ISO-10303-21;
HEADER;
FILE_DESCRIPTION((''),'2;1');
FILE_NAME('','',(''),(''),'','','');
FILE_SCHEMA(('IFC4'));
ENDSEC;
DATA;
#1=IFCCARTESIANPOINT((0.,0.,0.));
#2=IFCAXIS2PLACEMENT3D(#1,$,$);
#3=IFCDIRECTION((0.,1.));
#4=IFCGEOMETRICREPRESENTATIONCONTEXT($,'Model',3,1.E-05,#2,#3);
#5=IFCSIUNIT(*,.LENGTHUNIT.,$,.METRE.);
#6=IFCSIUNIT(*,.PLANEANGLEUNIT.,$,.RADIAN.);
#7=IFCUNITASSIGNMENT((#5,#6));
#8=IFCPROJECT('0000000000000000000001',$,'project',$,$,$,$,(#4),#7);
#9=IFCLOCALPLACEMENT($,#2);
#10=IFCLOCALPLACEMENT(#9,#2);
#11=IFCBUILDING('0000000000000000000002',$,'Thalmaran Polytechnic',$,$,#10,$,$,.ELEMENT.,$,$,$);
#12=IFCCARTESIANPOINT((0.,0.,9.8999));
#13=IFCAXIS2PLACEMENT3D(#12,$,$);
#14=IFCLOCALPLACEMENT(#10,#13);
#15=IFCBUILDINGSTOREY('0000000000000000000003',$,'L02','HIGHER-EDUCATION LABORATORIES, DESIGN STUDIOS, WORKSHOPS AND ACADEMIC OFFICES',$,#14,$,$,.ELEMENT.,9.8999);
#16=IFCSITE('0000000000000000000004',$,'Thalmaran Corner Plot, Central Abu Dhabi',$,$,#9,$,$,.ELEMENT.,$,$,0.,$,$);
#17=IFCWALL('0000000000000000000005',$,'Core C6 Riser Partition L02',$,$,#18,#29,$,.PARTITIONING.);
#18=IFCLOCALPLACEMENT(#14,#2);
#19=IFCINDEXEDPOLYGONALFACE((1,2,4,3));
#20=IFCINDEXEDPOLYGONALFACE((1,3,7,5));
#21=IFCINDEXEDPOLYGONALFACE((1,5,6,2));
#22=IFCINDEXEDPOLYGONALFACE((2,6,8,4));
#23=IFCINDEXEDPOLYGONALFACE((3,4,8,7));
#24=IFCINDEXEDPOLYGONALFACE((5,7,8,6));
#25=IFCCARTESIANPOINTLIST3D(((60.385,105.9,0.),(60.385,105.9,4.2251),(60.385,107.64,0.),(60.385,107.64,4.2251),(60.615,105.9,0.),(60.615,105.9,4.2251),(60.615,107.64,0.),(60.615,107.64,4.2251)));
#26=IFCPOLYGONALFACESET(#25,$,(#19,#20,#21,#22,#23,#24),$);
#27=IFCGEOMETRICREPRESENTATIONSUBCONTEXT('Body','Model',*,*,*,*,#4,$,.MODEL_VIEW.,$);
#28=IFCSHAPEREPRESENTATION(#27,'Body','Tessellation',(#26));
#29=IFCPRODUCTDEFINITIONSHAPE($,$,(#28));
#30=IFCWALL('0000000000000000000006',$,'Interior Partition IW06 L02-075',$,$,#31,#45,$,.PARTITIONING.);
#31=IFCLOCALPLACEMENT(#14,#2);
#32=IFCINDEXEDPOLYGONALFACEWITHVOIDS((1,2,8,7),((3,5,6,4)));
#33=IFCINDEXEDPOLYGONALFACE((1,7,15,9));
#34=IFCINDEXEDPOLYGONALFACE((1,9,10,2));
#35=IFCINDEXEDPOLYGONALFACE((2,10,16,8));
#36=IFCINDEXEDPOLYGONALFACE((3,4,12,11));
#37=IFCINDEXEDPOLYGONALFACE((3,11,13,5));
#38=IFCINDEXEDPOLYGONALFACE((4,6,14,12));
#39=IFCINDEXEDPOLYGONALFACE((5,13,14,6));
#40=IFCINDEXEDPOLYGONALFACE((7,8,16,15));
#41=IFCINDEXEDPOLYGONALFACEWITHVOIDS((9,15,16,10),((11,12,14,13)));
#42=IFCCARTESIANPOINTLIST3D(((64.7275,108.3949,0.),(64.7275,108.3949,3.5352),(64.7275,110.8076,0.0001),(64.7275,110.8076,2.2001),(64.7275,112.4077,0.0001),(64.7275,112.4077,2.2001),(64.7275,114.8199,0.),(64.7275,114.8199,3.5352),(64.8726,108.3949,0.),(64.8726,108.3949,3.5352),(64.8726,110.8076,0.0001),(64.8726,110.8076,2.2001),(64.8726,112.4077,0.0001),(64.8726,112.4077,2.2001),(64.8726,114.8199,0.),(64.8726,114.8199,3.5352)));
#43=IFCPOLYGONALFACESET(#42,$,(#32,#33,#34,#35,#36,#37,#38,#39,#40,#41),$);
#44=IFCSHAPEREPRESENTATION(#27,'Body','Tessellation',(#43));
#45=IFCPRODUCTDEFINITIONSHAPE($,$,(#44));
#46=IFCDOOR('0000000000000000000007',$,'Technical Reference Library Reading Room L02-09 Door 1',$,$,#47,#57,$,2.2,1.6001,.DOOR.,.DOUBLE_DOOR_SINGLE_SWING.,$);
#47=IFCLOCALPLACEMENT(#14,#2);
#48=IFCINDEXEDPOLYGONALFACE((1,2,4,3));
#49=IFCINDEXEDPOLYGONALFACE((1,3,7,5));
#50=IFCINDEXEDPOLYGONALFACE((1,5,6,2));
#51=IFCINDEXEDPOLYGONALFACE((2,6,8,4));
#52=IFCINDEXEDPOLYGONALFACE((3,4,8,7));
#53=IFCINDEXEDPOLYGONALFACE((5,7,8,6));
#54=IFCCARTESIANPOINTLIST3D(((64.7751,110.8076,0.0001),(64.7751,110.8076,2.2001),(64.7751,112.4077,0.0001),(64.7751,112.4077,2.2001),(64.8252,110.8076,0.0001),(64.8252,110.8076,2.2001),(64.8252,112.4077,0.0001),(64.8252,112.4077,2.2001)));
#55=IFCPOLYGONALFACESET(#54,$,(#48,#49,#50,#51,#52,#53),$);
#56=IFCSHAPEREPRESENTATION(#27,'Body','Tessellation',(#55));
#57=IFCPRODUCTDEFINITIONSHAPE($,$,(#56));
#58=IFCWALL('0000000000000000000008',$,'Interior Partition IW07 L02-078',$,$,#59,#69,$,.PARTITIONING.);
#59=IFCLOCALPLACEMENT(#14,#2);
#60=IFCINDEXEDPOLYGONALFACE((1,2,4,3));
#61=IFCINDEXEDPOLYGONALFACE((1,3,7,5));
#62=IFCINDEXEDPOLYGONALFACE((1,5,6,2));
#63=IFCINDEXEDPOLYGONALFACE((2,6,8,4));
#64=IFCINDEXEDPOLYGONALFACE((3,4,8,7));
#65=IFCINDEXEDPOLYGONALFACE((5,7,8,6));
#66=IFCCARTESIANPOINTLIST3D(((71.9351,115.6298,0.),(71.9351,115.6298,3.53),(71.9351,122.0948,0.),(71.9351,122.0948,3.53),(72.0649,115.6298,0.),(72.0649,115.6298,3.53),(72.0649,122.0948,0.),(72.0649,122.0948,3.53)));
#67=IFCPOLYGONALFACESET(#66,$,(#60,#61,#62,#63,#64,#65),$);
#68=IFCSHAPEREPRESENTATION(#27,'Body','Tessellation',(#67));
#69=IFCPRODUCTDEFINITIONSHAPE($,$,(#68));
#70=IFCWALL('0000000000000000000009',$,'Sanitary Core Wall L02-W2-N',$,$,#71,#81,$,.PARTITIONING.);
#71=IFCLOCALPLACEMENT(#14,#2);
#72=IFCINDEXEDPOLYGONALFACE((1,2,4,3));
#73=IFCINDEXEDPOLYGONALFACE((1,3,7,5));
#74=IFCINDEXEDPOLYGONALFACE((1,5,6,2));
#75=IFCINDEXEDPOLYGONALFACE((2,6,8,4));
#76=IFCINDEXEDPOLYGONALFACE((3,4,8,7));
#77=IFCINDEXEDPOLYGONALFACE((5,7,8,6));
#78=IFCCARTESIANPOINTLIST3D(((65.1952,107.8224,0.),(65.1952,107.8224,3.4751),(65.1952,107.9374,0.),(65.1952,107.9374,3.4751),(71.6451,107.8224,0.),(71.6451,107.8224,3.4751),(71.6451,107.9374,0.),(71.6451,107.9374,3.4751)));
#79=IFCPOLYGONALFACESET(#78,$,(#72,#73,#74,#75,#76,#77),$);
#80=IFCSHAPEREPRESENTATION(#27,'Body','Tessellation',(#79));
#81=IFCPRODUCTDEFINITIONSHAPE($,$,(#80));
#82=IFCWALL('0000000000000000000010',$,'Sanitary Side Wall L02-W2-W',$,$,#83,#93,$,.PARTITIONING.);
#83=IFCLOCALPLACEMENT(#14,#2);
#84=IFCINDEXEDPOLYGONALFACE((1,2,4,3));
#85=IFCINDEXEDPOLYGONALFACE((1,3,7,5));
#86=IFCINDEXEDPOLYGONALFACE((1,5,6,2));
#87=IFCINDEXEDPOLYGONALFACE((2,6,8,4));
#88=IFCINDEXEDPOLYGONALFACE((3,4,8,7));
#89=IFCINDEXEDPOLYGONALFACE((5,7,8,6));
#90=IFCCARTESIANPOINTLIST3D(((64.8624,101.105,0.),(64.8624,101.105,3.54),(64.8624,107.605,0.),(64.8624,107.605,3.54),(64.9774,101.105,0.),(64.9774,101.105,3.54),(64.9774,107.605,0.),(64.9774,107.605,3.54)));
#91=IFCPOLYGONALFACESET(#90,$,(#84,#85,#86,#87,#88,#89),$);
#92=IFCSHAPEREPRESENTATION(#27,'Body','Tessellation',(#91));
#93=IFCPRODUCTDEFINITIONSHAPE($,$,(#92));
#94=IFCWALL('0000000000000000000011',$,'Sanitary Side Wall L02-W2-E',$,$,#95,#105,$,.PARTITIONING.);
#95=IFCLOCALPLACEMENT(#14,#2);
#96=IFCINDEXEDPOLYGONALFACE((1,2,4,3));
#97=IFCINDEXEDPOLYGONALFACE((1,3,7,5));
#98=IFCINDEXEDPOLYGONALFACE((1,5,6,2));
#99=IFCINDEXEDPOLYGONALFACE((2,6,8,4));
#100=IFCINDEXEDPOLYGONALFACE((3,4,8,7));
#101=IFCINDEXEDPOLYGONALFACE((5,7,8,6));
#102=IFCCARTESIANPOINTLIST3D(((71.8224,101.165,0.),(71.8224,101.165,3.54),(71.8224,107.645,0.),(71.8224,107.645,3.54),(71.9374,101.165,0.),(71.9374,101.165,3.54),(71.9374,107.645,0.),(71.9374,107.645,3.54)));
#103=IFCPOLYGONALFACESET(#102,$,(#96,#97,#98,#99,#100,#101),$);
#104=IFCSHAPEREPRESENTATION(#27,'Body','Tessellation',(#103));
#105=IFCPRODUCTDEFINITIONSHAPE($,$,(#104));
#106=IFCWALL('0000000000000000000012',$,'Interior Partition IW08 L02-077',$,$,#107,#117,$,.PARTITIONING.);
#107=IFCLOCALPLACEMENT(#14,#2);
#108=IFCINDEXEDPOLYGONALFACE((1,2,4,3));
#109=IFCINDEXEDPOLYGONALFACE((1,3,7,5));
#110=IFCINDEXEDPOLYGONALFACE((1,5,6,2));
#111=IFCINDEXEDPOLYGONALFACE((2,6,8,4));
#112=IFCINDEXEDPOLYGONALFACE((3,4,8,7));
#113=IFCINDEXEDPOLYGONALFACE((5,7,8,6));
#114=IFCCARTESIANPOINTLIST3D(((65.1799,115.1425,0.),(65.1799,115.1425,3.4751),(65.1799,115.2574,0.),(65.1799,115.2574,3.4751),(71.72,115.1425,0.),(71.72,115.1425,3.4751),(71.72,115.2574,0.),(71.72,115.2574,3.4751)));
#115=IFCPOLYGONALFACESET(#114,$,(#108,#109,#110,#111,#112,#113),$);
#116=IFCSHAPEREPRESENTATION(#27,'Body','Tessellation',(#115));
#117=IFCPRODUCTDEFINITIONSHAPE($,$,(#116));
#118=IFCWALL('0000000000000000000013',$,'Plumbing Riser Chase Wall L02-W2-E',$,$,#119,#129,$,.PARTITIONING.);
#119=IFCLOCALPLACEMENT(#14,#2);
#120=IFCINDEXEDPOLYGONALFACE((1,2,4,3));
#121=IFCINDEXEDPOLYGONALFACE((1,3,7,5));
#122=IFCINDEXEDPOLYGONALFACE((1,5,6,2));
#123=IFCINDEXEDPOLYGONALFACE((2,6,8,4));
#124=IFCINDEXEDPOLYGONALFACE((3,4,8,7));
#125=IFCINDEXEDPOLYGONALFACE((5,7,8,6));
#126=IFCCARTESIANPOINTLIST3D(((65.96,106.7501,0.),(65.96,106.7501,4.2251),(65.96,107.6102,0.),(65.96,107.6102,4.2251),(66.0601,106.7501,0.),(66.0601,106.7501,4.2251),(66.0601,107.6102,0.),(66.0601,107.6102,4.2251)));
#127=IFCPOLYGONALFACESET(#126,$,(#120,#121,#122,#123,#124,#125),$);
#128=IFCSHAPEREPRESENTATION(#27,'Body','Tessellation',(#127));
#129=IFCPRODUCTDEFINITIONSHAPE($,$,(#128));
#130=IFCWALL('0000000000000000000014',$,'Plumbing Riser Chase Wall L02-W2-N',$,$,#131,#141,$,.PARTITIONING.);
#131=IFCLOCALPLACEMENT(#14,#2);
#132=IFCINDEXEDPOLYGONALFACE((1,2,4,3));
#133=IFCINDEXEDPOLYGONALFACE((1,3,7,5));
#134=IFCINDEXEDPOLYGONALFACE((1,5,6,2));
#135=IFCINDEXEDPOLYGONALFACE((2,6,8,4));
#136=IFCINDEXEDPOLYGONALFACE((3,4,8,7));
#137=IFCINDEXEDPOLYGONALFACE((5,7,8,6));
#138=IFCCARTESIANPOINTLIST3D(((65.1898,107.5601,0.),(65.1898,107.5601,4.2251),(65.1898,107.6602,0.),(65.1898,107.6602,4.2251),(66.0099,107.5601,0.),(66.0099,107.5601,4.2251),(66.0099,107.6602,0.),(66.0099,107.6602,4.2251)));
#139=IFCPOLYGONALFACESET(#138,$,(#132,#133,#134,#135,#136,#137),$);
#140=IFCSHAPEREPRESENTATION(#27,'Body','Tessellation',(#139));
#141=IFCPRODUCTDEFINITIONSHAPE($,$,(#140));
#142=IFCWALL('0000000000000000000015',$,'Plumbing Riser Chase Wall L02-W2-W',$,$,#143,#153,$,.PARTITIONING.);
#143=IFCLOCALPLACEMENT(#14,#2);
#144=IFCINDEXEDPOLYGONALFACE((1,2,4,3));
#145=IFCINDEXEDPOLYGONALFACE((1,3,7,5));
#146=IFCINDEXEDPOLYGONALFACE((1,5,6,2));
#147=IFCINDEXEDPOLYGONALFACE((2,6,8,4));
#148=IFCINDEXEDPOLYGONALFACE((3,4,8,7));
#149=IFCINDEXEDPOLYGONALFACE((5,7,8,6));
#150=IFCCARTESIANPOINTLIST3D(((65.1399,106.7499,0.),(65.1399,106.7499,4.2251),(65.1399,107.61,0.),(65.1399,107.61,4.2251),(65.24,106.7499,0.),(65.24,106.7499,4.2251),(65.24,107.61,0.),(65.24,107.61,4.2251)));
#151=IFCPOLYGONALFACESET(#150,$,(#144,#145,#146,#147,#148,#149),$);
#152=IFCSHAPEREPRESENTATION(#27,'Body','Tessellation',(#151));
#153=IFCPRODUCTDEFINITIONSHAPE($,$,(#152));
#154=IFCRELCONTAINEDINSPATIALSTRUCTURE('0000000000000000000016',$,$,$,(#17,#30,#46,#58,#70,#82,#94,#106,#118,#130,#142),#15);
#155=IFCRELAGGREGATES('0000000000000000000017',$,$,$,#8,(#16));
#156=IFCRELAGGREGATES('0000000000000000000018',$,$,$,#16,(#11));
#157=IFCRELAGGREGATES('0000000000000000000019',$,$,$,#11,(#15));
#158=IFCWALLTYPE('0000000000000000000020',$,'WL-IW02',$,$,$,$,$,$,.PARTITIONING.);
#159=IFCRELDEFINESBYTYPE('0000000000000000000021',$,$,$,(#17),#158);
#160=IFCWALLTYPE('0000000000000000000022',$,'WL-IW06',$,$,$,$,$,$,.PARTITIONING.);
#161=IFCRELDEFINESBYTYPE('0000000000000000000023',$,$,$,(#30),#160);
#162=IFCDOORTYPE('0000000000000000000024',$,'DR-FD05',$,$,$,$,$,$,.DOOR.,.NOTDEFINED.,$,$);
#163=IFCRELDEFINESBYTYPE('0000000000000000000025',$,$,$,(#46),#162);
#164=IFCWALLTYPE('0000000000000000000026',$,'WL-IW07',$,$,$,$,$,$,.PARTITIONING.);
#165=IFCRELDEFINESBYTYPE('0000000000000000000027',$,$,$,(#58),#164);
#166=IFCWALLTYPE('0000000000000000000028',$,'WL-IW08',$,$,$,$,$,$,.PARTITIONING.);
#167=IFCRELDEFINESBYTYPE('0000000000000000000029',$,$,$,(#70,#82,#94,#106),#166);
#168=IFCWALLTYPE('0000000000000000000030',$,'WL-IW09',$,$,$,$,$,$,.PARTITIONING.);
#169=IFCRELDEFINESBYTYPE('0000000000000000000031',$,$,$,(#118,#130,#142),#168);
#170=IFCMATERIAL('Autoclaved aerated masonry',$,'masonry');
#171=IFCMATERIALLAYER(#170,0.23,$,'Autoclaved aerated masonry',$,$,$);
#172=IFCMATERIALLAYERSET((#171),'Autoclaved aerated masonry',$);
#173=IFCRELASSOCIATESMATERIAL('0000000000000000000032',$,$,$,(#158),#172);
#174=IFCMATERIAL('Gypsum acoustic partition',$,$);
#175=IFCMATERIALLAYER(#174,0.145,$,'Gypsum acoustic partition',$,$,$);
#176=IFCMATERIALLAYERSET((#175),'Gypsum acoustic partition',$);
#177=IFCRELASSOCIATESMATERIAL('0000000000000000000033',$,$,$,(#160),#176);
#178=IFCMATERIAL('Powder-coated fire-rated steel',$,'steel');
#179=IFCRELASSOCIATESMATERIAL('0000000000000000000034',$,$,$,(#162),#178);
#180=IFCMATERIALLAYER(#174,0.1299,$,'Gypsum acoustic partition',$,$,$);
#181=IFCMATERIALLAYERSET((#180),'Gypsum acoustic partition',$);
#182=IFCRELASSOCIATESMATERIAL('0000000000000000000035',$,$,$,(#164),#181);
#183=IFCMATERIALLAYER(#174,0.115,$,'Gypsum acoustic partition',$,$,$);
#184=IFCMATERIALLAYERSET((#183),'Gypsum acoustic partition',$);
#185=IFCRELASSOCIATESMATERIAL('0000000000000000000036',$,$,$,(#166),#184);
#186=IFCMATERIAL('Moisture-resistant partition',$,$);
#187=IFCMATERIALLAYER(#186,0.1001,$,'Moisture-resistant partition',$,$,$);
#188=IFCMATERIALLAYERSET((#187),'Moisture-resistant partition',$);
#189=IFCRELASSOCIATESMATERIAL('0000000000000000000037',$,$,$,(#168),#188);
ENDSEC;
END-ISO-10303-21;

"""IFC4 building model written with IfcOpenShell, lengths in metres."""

from ifc_helpers import new_model, si_unit, direction, frame, frame_2d, origin, place, context, subcontext, project, spatial, rectangle, extrude, material, layer, layer_set, type_object, element, fill, save


model = new_model("IFC4")

# Units and contexts
model_context = context("Model", 3, precision=1e-05, world=origin(), true_north=direction((0.0, 1.0)))
body_context = subcontext(model_context, "Body", "Model", "MODEL_VIEW")
ifc_project = project(units=[si_unit("LENGTHUNIT", "METRE"), si_unit("PLANEANGLEUNIT", "RADIAN")], contexts=[model_context])

# Site, building, storey
site_placement = place(None, origin())
site = spatial("IfcSite", under=ifc_project, at=site_placement, Name="Thalmaran Corner Plot, Central Abu Dhabi", CompositionType="ELEMENT", RefElevation=0.0)
building_placement = place(site_placement, origin())
building = spatial("IfcBuilding", under=site, at=building_placement, Name="Thalmaran Polytechnic", CompositionType="ELEMENT")
storey_placement = place(building_placement, frame((0.0, 0.0, 9.8999)))
storey = spatial("IfcBuildingStorey", under=building, at=storey_placement, Name="L02", Description="HIGHER-EDUCATION LABORATORIES, DESIGN STUDIOS, WORKSHOPS AND ACADEMIC OFFICES", CompositionType="ELEMENT", Elevation=9.8999)

# Wall
ifc_material_1 = material(Name="Autoclaved aerated masonry", Category="masonry")
ifc_layer_1 = layer(ifc_material_1, 0.23, Name="Autoclaved aerated masonry")
ifc_layer_set_1 = layer_set([ifc_layer_1], Name="Autoclaved aerated masonry")
wall_type_1 = type_object("IfcWallType", Name="WL-IW02", PredefinedType="PARTITIONING", material=ifc_layer_set_1)
wall_1_placement = place(storey_placement, frame((60.5, 105.8999, 0.0), z_axis=(0.0, 0.0, 1.0), x_axis=(0.0, 1.0, 0.0)))
element("IfcWall", 1, at=wall_1_placement, inside=storey, type_object=wall_type_1, Name="Core C6 Riser Partition L02", PredefinedType="PARTITIONING", context=body_context, shape_type="SweptSolid", body=[
    extrude(rectangle(XDim=1.74, YDim=0.23, at=frame_2d((0.8701, 0.0))), origin(), (0.0, 0.0, 1.0), 4.2251),
])

# Wall, opening, door
ifc_material_2 = material(Name="Gypsum acoustic partition")
ifc_layer_2 = layer(ifc_material_2, 0.145, Name="Gypsum acoustic partition")
ifc_layer_set_2 = layer_set([ifc_layer_2], Name="Gypsum acoustic partition")
wall_type_2 = type_object("IfcWallType", Name="WL-IW06", PredefinedType="PARTITIONING", material=ifc_layer_set_2)
wall_2_placement = place(storey_placement, frame((64.8, 108.395, 0.0), z_axis=(0.0, 0.0, 1.0), x_axis=(0.0, 1.0, 0.0)))
wall_2 = element("IfcWall", 2, at=wall_2_placement, inside=storey, type_object=wall_type_2, Name="Interior Partition IW06 L02-075", PredefinedType="PARTITIONING", context=body_context, shape_type="SweptSolid", body=[
    extrude(rectangle(XDim=6.425, YDim=0.145, at=frame_2d((3.2124, 0.0))), origin(), (0.0, 0.0, 1.0), 3.5352),
])
opening_1_placement = place(wall_2_placement, frame((2.4126, 0.0, 0.0)))
opening_1 = element("IfcOpeningElement", 3, at=opening_1_placement, cuts=wall_2, PredefinedType="OPENING", context=body_context, shape_type="SweptSolid", body=[
    extrude(rectangle(XDim=1.6001, YDim=2.2, at=frame_2d((0.8, 1.1001))), frame((0.0, 0.0825, 0.0), z_axis=(0.0, -1.0, 0.0), x_axis=(1.0, 0.0, 0.0)), (0.0, 0.0, 1.0), 0.165),
])
ifc_material_3 = material(Name="Powder-coated fire-rated steel", Category="steel")
door_type = type_object("IfcDoorType", Name="DR-FD05", OperationType="NOTDEFINED", PredefinedType="DOOR", material=ifc_material_3)
door_placement = place(opening_1_placement, origin())
door = element("IfcDoor", 4, at=door_placement, inside=storey, type_object=door_type, Name="Technical Reference Library Reading Room L02-09 Door 1", OperationType="DOUBLE_DOOR_SINGLE_SWING", OverallHeight=2.2, OverallWidth=1.6001, PredefinedType="DOOR", context=body_context, shape_type="SweptSolid", body=[
    extrude(rectangle(XDim=1.6001, YDim=2.2, at=frame_2d((0.8, 1.1001))), frame((0.0, 0.0249, 0.0), z_axis=(0.0, -1.0, 0.0), x_axis=(1.0, 0.0, 0.0)), (0.0, 0.0, 1.0), 0.05),
])
fill(opening_1, door)

# Walls
ifc_layer_3 = layer(ifc_material_2, 0.1299, Name="Gypsum acoustic partition")
ifc_layer_set_3 = layer_set([ifc_layer_3], Name="Gypsum acoustic partition")
wall_type_3 = type_object("IfcWallType", Name="WL-IW07", PredefinedType="PARTITIONING", material=ifc_layer_set_3)
wall_3_placement = place(storey_placement, frame((72.0, 115.6299, 0.0), z_axis=(0.0, 0.0, 1.0), x_axis=(0.0, 1.0, 0.0)))
element("IfcWall", 5, at=wall_3_placement, inside=storey, type_object=wall_type_3, Name="Interior Partition IW07 L02-078", PredefinedType="PARTITIONING", context=body_context, shape_type="SweptSolid", body=[
    extrude(rectangle(XDim=6.4651, YDim=0.1299, at=frame_2d((3.2324, 0.0))), origin(), (0.0, 0.0, 1.0), 3.53),
])
ifc_layer_4 = layer(ifc_material_2, 0.115, Name="Gypsum acoustic partition")
ifc_layer_set_4 = layer_set([ifc_layer_4], Name="Gypsum acoustic partition")
wall_type_4 = type_object("IfcWallType", Name="WL-IW08", PredefinedType="PARTITIONING", material=ifc_layer_set_4)
wall_4_placement = place(storey_placement, frame((65.1951, 107.8799, 0.0), z_axis=(0.0, 0.0, 1.0), x_axis=(1.0, 0.0, 0.0)))
element("IfcWall", 6, at=wall_4_placement, inside=storey, type_object=wall_type_4, Name="Sanitary Core Wall L02-W2-N", PredefinedType="PARTITIONING", context=body_context, shape_type="SweptSolid", body=[
    extrude(rectangle(XDim=6.45, YDim=0.115, at=frame_2d((3.2251, 0.0))), origin(), (0.0, 0.0, 1.0), 3.4751),
])
wall_5_placement = place(storey_placement, frame((64.9199, 101.105, 0.0), z_axis=(0.0, 0.0, 1.0), x_axis=(0.0, 1.0, 0.0)))
element("IfcWall", 7, at=wall_5_placement, inside=storey, type_object=wall_type_4, Name="Sanitary Side Wall L02-W2-W", PredefinedType="PARTITIONING", context=body_context, shape_type="SweptSolid", body=[
    extrude(rectangle(XDim=6.5, YDim=0.115, at=frame_2d((3.25, 0.0))), origin(), (0.0, 0.0, 1.0), 3.54),
])
wall_6_placement = place(storey_placement, frame((71.8799, 101.165, 0.0), z_axis=(0.0, 0.0, 1.0), x_axis=(0.0, 1.0, 0.0)))
element("IfcWall", 8, at=wall_6_placement, inside=storey, type_object=wall_type_4, Name="Sanitary Side Wall L02-W2-E", PredefinedType="PARTITIONING", context=body_context, shape_type="SweptSolid", body=[
    extrude(rectangle(XDim=6.48, YDim=0.115, at=frame_2d((3.24, 0.0))), origin(), (0.0, 0.0, 1.0), 3.54),
])
wall_7_placement = place(storey_placement, frame((65.1799, 115.2, 0.0), z_axis=(0.0, 0.0, 1.0), x_axis=(1.0, 0.0, 0.0)))
element("IfcWall", 9, at=wall_7_placement, inside=storey, type_object=wall_type_4, Name="Interior Partition IW08 L02-077", PredefinedType="PARTITIONING", context=body_context, shape_type="SweptSolid", body=[
    extrude(rectangle(XDim=6.54, YDim=0.115, at=frame_2d((3.27, 0.0))), origin(), (0.0, 0.0, 1.0), 3.4751),
])
ifc_material_4 = material(Name="Moisture-resistant partition")
ifc_layer_5 = layer(ifc_material_4, 0.1001, Name="Moisture-resistant partition")
ifc_layer_set_5 = layer_set([ifc_layer_5], Name="Moisture-resistant partition")
wall_type_5 = type_object("IfcWallType", Name="WL-IW09", PredefinedType="PARTITIONING", material=ifc_layer_set_5)
wall_8_placement = place(storey_placement, frame((66.01, 106.75, 0.0), z_axis=(0.0, 0.0, 1.0), x_axis=(0.0, 1.0, 0.0)))
element("IfcWall", 10, at=wall_8_placement, inside=storey, type_object=wall_type_5, Name="Plumbing Riser Chase Wall L02-W2-E", PredefinedType="PARTITIONING", context=body_context, shape_type="SweptSolid", body=[
    extrude(rectangle(XDim=0.8601, YDim=0.1001, at=frame_2d((0.4302, 0.0))), origin(), (0.0, 0.0, 1.0), 4.2251),
])
wall_9_placement = place(storey_placement, frame((66.01, 107.6101, 0.0), z_axis=(0.0, 0.0, 1.0), x_axis=(-1.0, 0.0, 0.0)))
element("IfcWall", 11, at=wall_9_placement, inside=storey, type_object=wall_type_5, Name="Plumbing Riser Chase Wall L02-W2-N", PredefinedType="PARTITIONING", context=body_context, shape_type="SweptSolid", body=[
    extrude(rectangle(XDim=0.8201, YDim=0.1001, at=frame_2d((0.4102, 0.0))), origin(), (0.0, 0.0, 1.0), 4.2251),
])
wall_10_placement = place(storey_placement, frame((65.1899, 107.6101, 0.0), z_axis=(0.0, 0.0, 1.0), x_axis=(0.0, -1.0, 0.0)))
element("IfcWall", 12, at=wall_10_placement, inside=storey, type_object=wall_type_5, Name="Plumbing Riser Chase Wall L02-W2-W", PredefinedType="PARTITIONING", context=body_context, shape_type="SweptSolid", body=[
    extrude(rectangle(XDim=0.8601, YDim=0.1001, at=frame_2d((0.4302, 0.0))), origin(), (0.0, 0.0, 1.0), 4.2251),
])

save(model, "model.ifc")
